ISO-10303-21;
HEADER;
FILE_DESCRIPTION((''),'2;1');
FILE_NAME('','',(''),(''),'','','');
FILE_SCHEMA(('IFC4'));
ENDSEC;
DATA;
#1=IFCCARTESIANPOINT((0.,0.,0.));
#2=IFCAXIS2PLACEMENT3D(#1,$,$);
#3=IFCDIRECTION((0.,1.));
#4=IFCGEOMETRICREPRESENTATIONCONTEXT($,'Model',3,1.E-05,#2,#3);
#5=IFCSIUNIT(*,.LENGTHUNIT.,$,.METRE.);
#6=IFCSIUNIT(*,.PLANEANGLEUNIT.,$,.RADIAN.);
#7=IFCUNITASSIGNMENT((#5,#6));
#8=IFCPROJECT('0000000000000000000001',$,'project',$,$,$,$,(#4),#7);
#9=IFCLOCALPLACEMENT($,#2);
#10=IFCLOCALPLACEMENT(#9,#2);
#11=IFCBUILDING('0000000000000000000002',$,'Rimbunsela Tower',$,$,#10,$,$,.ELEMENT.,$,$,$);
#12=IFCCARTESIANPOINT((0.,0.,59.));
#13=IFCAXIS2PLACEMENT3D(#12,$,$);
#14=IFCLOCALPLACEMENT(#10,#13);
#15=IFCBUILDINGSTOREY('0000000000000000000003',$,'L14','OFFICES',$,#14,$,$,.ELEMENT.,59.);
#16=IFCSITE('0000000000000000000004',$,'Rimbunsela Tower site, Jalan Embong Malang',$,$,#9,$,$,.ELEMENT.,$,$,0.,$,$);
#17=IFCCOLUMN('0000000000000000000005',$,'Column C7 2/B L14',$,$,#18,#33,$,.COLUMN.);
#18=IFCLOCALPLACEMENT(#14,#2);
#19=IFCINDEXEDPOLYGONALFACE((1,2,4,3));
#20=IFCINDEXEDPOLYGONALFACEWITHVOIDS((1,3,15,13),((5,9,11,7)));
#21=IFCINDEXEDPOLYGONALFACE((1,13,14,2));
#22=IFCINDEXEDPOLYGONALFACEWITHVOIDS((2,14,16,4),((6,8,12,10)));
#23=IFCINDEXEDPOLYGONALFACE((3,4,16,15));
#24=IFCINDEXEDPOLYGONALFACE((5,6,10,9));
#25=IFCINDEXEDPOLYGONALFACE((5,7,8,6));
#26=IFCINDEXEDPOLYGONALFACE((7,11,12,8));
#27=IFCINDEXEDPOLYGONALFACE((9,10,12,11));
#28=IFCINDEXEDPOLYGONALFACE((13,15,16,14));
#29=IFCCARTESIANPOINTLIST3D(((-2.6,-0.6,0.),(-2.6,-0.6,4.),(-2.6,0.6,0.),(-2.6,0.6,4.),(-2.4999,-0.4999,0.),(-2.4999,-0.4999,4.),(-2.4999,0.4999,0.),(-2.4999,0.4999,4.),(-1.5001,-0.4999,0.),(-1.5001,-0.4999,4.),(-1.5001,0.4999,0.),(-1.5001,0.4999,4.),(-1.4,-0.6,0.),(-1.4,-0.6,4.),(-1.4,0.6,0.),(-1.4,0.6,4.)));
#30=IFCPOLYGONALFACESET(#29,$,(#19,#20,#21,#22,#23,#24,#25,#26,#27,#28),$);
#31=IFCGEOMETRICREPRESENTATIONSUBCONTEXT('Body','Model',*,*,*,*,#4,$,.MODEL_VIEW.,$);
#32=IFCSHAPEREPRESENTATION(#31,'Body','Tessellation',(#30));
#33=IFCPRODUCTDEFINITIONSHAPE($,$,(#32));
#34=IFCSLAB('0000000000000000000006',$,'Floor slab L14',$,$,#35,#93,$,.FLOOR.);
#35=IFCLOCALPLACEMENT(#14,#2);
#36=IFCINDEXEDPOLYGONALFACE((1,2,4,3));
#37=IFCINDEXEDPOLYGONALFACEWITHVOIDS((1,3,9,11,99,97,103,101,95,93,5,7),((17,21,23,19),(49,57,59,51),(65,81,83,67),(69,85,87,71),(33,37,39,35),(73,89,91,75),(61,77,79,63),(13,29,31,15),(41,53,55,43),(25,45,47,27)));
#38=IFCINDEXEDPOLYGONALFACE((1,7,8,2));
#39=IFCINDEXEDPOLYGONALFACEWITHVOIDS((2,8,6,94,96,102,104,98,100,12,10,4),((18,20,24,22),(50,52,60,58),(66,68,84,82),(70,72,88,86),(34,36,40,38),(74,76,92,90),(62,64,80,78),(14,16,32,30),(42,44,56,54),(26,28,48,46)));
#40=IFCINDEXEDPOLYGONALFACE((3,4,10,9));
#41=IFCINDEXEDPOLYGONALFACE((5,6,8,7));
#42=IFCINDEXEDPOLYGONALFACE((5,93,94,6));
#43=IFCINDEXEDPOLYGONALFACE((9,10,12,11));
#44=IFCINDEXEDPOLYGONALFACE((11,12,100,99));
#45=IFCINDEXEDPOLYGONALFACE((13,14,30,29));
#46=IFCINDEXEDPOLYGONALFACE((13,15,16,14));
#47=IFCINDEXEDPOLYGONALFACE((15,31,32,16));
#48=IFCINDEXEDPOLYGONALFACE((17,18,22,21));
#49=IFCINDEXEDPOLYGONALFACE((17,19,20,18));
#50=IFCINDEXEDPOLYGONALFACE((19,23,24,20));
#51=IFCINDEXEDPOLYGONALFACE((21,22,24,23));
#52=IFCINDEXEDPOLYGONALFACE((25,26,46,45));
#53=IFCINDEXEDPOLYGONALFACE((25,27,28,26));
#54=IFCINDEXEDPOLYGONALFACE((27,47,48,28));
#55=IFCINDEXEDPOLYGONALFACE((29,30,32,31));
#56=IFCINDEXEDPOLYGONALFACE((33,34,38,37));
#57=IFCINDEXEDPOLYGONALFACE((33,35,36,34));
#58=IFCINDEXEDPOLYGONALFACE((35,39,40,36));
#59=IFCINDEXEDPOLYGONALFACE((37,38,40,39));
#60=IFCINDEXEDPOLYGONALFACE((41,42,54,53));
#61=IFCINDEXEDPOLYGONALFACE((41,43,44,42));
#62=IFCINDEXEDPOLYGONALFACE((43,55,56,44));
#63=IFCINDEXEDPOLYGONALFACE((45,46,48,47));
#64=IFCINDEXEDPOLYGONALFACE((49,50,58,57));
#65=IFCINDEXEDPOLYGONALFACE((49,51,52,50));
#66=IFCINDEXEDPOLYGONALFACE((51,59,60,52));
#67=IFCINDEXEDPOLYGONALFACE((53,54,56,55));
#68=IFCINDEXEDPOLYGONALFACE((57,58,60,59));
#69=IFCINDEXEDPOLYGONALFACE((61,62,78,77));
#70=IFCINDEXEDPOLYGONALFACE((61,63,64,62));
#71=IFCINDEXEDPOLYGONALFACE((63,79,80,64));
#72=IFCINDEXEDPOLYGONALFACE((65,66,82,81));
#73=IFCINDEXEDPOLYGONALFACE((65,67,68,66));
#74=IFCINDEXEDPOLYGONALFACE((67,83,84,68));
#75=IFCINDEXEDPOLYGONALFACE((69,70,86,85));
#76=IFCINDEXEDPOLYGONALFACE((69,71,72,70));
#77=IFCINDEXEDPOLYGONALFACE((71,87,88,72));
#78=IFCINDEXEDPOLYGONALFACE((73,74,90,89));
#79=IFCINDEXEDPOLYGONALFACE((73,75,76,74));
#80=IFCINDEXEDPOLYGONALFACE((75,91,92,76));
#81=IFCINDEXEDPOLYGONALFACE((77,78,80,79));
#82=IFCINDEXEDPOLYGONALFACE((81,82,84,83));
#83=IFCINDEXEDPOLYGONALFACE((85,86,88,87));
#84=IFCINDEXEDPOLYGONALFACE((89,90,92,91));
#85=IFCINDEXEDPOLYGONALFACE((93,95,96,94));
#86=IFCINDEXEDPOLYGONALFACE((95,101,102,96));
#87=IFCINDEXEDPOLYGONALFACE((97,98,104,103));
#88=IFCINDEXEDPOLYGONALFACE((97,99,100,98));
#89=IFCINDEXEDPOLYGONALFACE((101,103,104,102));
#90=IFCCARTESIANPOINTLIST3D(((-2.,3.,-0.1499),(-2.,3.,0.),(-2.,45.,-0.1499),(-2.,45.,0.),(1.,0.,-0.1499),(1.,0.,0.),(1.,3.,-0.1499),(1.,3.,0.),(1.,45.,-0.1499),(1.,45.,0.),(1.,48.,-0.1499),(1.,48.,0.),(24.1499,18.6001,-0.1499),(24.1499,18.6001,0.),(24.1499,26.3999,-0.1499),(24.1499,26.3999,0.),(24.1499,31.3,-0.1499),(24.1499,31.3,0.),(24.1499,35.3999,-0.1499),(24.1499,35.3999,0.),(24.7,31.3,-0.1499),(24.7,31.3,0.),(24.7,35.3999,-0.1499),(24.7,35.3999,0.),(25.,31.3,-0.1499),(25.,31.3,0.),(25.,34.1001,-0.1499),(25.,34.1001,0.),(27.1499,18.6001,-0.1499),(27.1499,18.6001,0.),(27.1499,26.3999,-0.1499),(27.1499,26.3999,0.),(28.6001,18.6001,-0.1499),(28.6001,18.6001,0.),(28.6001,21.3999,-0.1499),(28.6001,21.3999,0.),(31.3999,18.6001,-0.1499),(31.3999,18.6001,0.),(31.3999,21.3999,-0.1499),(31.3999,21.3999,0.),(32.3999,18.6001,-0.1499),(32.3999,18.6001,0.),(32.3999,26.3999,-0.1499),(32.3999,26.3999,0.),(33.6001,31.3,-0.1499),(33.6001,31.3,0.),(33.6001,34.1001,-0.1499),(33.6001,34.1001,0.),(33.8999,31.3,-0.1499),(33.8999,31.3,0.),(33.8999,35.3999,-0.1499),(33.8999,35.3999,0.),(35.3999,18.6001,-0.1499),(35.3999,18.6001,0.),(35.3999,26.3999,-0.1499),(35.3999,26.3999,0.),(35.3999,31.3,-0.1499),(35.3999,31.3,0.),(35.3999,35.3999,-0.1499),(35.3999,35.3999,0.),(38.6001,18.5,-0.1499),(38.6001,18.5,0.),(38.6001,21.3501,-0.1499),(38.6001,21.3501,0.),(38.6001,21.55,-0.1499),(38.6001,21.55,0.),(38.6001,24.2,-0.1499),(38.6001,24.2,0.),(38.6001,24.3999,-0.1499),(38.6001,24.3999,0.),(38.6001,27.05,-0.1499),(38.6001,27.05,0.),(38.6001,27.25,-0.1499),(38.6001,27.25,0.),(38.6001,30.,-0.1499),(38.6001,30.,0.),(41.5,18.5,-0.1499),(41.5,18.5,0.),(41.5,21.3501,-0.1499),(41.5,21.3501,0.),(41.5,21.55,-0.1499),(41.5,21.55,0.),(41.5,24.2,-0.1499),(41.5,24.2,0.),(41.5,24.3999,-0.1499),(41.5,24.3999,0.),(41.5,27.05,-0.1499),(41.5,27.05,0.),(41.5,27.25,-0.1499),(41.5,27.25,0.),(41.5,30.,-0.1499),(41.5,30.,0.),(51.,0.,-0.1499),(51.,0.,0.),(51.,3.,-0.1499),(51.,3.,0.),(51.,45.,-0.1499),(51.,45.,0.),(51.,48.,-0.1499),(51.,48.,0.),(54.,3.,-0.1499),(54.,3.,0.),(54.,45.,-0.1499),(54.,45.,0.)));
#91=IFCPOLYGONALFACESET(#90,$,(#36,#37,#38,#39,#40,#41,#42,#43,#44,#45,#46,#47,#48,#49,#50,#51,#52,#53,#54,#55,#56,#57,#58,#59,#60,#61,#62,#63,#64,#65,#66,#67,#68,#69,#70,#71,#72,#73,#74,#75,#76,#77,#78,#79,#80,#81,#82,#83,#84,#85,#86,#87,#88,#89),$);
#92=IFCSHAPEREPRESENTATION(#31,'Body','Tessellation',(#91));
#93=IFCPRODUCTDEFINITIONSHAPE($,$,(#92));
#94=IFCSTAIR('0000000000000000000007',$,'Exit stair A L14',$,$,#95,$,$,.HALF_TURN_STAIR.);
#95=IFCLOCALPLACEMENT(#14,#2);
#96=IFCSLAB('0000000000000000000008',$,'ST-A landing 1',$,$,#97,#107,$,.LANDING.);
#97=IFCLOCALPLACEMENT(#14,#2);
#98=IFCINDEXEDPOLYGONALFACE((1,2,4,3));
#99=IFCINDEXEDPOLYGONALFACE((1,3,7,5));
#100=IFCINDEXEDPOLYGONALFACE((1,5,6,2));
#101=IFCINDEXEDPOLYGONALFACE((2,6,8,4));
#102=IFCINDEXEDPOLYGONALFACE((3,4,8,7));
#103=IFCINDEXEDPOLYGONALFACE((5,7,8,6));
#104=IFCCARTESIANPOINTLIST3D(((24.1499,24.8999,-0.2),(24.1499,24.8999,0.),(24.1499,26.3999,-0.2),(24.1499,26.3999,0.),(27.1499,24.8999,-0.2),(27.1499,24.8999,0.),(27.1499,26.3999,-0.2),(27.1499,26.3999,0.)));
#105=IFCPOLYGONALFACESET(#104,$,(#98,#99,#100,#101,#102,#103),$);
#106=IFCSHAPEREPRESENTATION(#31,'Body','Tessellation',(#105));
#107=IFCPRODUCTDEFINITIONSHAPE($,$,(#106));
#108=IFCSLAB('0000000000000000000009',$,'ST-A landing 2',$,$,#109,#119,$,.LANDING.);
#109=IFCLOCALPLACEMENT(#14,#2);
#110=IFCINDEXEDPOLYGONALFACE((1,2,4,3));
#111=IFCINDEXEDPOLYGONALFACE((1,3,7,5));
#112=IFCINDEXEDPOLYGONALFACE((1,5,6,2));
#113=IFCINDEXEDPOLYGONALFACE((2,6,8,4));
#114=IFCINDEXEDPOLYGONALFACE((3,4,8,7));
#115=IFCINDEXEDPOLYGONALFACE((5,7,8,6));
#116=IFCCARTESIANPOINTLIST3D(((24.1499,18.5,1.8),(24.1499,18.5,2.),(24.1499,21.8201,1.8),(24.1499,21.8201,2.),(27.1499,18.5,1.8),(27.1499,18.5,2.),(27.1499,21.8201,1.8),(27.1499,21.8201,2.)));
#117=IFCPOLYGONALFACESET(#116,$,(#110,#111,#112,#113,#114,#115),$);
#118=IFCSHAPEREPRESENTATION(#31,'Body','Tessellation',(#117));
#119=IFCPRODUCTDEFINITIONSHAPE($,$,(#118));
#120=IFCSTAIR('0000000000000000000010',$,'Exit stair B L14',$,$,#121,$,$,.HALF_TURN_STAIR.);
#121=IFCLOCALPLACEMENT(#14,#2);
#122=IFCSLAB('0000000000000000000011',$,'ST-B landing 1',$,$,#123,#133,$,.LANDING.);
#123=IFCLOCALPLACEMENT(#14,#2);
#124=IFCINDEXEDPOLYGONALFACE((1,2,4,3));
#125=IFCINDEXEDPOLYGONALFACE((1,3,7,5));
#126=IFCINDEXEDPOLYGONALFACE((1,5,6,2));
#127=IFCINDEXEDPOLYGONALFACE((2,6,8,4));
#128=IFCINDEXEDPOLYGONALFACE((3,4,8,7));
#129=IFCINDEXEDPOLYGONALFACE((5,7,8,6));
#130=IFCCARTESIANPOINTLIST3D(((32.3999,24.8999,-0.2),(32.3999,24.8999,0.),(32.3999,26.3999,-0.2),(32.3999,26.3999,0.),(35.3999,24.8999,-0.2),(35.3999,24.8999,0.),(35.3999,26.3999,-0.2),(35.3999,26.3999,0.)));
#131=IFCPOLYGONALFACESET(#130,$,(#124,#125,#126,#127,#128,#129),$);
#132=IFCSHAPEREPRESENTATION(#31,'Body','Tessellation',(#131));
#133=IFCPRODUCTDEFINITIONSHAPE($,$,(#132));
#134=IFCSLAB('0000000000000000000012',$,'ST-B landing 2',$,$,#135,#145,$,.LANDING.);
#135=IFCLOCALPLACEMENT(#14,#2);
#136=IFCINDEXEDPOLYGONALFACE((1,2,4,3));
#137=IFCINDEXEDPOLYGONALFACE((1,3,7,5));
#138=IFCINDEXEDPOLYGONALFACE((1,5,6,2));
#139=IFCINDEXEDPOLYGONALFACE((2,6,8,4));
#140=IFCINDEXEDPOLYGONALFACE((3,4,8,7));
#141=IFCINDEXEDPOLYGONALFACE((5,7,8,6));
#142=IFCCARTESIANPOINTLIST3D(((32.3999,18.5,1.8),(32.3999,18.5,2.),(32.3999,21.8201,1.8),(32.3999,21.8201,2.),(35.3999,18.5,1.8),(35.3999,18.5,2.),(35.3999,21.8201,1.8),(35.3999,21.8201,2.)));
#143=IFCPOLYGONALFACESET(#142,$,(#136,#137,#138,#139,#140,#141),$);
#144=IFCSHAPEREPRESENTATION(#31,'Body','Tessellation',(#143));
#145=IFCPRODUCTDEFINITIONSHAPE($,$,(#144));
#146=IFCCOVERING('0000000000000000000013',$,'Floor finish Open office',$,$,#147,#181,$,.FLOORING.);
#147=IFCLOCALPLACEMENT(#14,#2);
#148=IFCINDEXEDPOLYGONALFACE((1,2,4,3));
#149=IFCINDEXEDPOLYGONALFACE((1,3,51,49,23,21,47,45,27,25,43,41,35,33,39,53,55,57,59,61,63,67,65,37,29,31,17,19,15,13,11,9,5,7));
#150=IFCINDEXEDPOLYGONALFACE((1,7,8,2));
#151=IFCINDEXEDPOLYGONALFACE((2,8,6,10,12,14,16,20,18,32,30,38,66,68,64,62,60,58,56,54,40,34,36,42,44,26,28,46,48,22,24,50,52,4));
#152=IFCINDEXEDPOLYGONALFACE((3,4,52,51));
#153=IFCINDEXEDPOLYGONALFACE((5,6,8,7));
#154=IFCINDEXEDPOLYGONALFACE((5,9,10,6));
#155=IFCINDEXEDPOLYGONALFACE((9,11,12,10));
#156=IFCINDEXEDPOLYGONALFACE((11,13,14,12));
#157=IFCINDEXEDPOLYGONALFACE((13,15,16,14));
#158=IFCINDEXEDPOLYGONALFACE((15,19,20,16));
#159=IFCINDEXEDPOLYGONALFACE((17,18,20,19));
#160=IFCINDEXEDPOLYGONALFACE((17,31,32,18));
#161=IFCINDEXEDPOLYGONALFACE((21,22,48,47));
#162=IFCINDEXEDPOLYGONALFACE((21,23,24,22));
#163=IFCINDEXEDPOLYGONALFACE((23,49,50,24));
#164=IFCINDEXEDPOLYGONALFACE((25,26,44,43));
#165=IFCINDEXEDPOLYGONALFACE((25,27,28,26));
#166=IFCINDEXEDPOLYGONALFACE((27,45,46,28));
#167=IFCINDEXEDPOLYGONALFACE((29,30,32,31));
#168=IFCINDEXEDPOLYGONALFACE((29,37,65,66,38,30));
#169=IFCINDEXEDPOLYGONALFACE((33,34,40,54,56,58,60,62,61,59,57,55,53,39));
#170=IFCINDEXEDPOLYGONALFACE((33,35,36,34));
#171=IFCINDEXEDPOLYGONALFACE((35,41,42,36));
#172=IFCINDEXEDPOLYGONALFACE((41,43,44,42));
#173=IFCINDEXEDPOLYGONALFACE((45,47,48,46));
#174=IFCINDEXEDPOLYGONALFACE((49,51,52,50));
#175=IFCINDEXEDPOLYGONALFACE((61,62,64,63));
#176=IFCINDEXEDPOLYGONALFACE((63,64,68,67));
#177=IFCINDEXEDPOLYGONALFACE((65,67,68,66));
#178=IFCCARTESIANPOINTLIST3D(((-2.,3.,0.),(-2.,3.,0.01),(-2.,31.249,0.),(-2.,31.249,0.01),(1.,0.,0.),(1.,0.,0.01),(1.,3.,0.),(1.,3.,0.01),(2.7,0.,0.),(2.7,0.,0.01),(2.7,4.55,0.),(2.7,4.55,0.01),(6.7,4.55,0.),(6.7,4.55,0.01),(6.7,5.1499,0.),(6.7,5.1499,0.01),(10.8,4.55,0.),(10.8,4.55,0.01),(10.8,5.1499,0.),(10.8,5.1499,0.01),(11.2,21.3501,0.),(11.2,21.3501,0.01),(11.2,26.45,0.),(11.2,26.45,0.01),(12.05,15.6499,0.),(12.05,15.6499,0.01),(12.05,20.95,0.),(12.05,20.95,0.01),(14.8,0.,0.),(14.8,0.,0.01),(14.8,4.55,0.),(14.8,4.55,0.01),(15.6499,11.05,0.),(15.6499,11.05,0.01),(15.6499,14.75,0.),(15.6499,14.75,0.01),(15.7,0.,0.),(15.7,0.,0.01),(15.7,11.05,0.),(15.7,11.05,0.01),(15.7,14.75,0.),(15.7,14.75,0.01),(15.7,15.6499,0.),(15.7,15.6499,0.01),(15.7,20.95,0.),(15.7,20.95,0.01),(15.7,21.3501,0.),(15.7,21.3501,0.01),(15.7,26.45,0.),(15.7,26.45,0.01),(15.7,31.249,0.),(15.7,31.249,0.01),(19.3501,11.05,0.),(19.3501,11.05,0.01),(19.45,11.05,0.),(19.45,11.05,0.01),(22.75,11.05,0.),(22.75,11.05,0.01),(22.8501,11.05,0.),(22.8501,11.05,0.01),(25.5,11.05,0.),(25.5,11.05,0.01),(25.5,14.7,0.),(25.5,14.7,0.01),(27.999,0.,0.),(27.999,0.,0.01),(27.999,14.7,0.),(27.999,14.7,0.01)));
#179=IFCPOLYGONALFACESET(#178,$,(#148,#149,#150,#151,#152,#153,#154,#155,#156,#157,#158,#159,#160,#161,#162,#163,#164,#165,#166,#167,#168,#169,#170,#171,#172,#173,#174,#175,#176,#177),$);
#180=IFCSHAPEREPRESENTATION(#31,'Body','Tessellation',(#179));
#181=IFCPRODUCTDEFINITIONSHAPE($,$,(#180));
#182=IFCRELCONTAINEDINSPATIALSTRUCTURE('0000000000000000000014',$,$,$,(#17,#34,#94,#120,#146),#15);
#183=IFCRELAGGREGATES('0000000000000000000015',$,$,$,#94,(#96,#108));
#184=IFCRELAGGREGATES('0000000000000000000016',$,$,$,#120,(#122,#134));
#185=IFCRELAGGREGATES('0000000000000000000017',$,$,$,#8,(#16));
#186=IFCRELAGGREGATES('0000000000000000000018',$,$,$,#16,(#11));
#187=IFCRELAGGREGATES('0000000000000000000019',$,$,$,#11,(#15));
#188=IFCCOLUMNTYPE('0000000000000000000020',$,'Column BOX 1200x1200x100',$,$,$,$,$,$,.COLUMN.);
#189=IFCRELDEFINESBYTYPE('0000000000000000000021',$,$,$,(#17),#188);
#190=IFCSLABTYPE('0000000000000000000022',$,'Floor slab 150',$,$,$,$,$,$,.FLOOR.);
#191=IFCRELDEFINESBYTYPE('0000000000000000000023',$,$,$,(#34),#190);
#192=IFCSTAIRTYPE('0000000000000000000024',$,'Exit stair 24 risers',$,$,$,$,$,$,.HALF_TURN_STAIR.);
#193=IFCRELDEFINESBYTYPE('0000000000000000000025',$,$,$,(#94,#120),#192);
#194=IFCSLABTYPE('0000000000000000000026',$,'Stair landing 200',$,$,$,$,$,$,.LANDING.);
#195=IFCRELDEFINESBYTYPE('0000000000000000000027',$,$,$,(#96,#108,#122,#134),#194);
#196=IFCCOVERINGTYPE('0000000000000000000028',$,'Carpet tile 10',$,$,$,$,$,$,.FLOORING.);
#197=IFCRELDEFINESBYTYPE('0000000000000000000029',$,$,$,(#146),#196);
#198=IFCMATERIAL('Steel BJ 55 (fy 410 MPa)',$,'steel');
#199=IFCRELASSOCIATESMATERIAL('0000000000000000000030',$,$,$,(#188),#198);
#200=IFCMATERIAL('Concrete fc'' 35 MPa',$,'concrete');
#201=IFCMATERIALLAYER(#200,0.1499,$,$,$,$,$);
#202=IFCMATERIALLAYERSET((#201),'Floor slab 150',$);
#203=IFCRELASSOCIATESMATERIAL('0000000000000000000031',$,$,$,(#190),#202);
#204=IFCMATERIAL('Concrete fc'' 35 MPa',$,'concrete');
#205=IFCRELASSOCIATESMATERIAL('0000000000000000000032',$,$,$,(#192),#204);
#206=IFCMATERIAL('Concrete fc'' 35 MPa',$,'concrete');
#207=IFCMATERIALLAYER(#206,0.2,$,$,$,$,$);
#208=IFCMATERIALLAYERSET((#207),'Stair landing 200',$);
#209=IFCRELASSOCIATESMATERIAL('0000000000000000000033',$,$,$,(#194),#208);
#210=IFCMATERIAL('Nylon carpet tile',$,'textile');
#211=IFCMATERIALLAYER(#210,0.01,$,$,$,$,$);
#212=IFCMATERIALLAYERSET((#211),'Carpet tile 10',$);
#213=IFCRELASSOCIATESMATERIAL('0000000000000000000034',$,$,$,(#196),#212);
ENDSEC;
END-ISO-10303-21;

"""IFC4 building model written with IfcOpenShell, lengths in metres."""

from ifc_helpers import new_model, si_unit, direction, frame, origin, origin_2d, place, context, subcontext, project, spatial, polyline, hollow_rectangle, outline, extrude, material, layer, layer_set, material_profile, profile_set, type_object, element, aggregate, save


model = new_model("IFC4")

# Units and contexts
model_context = context("Model", 3, precision=1e-05, world=origin(), true_north=direction((0.0, 1.0)))
body_context = subcontext(model_context, "Body", "Model", "MODEL_VIEW")
ifc_project = project(units=[si_unit("LENGTHUNIT", "METRE"), si_unit("PLANEANGLEUNIT", "RADIAN")], contexts=[model_context])

# Site, building, storey
site_placement = place(None, origin())
site = spatial("IfcSite", under=ifc_project, at=site_placement, Name="Rimbunsela Tower site, Jalan Embong Malang", CompositionType="ELEMENT", RefElevation=0.0)
building_placement = place(site_placement, origin())
building = spatial("IfcBuilding", under=site, at=building_placement, Name="Rimbunsela Tower", CompositionType="ELEMENT")
storey_placement = place(building_placement, frame((0.0, 0.0, 59.0)))
storey = spatial("IfcBuildingStorey", under=building, at=storey_placement, Name="L14", Description="OFFICES", CompositionType="ELEMENT", Elevation=59.0)

# Column
ifc_material_1 = material(Name="Steel BJ 55 (fy 410 MPa)", Category="steel")
ifc_material_profile = material_profile(ifc_material_1, hollow_rectangle(XDim=1.2, YDim=1.2, WallThickness=0.1001, at=origin_2d()), Name="BOX 1200x1200x100")
ifc_profile_set = profile_set([ifc_material_profile], Name="Steel BJ 55 (fy 410 MPa)")
column_type = type_object("IfcColumnType", Name="Column BOX 1200x1200x100", PredefinedType="COLUMN", material=ifc_profile_set)
column_placement = place(storey_placement, frame((-2.0, 0.0, 0.0), z_axis=(0.0, 0.0, 1.0), x_axis=(1.0, 0.0, 0.0)))
element("IfcColumn", 1, at=column_placement, inside=storey, type_object=column_type, Name="Column C7 2/B L14", PredefinedType="COLUMN", context=body_context, shape_type="SweptSolid", body=[
    extrude(hollow_rectangle(XDim=1.2, YDim=1.2, WallThickness=0.1001, at=origin_2d()), origin(), (0.0, 0.0, 1.0), 4.0),
])

# Slab
ifc_material_2 = material(Name="Concrete fc' 35 MPa", Category="concrete")
ifc_layer_1 = layer(ifc_material_2, 0.1499)
ifc_layer_set_1 = layer_set([ifc_layer_1], Name="Floor slab 150")
slab_type_1 = type_object("IfcSlabType", Name="Floor slab 150", PredefinedType="FLOOR", material=ifc_layer_set_1)
slab_1_placement = place(storey_placement, frame((0.0, 0.0, -0.1499)))
element("IfcSlab", 2, at=slab_1_placement, inside=storey, type_object=slab_type_1, Name="Floor slab L14", PredefinedType="FLOOR", context=body_context, shape_type="SweptSolid", body=[
    extrude(outline(polyline([(1.0, 0.0), (51.0, 0.0), (51.0, 3.0), (54.0, 3.0), (54.0, 45.0), (51.0, 45.0), (51.0, 48.0), (1.0, 48.0), (1.0, 45.0), (-2.0, 45.0), (-2.0, 3.0), (1.0, 3.0), (1.0, 0.0)]), holes=[polyline([(27.1499, 18.6001), (27.1499, 26.3999), (24.1499, 26.3999), (24.1499, 18.6001), (27.1499, 18.6001)]), polyline([(24.7, 31.3), (24.7, 35.3999), (24.1499, 35.3999), (24.1499, 31.3), (24.7, 31.3)]), polyline([(25.0, 34.1001), (25.0, 31.3), (33.6001, 31.3), (33.6001, 34.1001), (25.0, 34.1001)]), polyline([(31.3999, 21.3999), (28.6001, 21.3999), (28.6001, 18.6001), (31.3999, 18.6001), (31.3999, 21.3999)]), polyline([(35.3999, 18.6001), (35.3999, 26.3999), (32.3999, 26.3999), (32.3999, 18.6001), (35.3999, 18.6001)]), polyline([(35.3999, 31.3), (35.3999, 35.3999), (33.8999, 35.3999), (33.8999, 31.3), (35.3999, 31.3)]), polyline([(41.5, 21.3501), (38.6001, 21.3501), (38.6001, 18.5), (41.5, 18.5), (41.5, 21.3501)]), polyline([(41.5, 21.55), (41.5, 24.2), (38.6001, 24.2), (38.6001, 21.55), (41.5, 21.55)]), polyline([(41.5, 27.05), (38.6001, 27.05), (38.6001, 24.3999), (41.5, 24.3999), (41.5, 27.05)]), polyline([(41.5, 27.25), (41.5, 30.0), (38.6001, 30.0), (38.6001, 27.25), (41.5, 27.25)])]), origin(), (0.0, 0.0, 1.0), 0.1499),
])

# Stairs, slabs
ifc_material_3 = material(Name="Concrete fc' 35 MPa", Category="concrete")
stair_type = type_object("IfcStairType", Name="Exit stair 24 risers", PredefinedType="HALF_TURN_STAIR", material=ifc_material_3)
stair_1_placement = place(storey_placement, origin())
stair_1 = element("IfcStair", 3, at=stair_1_placement, inside=storey, type_object=stair_type, Name="Exit stair A L14", PredefinedType="HALF_TURN_STAIR")
ifc_material_4 = material(Name="Concrete fc' 35 MPa", Category="concrete")
ifc_layer_2 = layer(ifc_material_4, 0.2)
ifc_layer_set_2 = layer_set([ifc_layer_2], Name="Stair landing 200")
slab_type_2 = type_object("IfcSlabType", Name="Stair landing 200", PredefinedType="LANDING", material=ifc_layer_set_2)
slab_2_placement = place(storey_placement, frame((0.0, 0.0, -0.2)))
slab_2 = element("IfcSlab", 4, at=slab_2_placement, type_object=slab_type_2, Name="ST-A landing 1", PredefinedType="LANDING", context=body_context, shape_type="SweptSolid", body=[
    extrude(outline(polyline([(24.1499, 24.8999), (27.1499, 24.8999), (27.1499, 26.3999), (24.1499, 26.3999), (24.1499, 24.8999)])), origin(), (0.0, 0.0, 1.0), 0.2),
])
slab_3_placement = place(storey_placement, frame((0.0, 0.0, 1.8)))
slab_3 = element("IfcSlab", 5, at=slab_3_placement, type_object=slab_type_2, Name="ST-A landing 2", PredefinedType="LANDING", context=body_context, shape_type="SweptSolid", body=[
    extrude(outline(polyline([(24.1499, 18.5), (27.1499, 18.5), (27.1499, 21.8201), (24.1499, 21.8201), (24.1499, 18.5)])), origin(), (0.0, 0.0, 1.0), 0.2),
])
aggregate(stair_1, [slab_2, slab_3])
stair_2_placement = place(storey_placement, origin())
stair_2 = element("IfcStair", 6, at=stair_2_placement, inside=storey, type_object=stair_type, Name="Exit stair B L14", PredefinedType="HALF_TURN_STAIR")
slab_4_placement = place(storey_placement, frame((0.0, 0.0, -0.2)))
slab_4 = element("IfcSlab", 7, at=slab_4_placement, type_object=slab_type_2, Name="ST-B landing 1", PredefinedType="LANDING", context=body_context, shape_type="SweptSolid", body=[
    extrude(outline(polyline([(32.3999, 24.8999), (35.3999, 24.8999), (35.3999, 26.3999), (32.3999, 26.3999), (32.3999, 24.8999)])), origin(), (0.0, 0.0, 1.0), 0.2),
])
slab_5_placement = place(storey_placement, frame((0.0, 0.0, 1.8)))
slab_5 = element("IfcSlab", 8, at=slab_5_placement, type_object=slab_type_2, Name="ST-B landing 2", PredefinedType="LANDING", context=body_context, shape_type="SweptSolid", body=[
    extrude(outline(polyline([(32.3999, 18.5), (35.3999, 18.5), (35.3999, 21.8201), (32.3999, 21.8201), (32.3999, 18.5)])), origin(), (0.0, 0.0, 1.0), 0.2),
])
aggregate(stair_2, [slab_4, slab_5])

# Covering
ifc_material_5 = material(Name="Nylon carpet tile", Category="textile")
ifc_layer_3 = layer(ifc_material_5, 0.01)
ifc_layer_set_3 = layer_set([ifc_layer_3], Name="Carpet tile 10")
covering_type_1 = type_object("IfcCoveringType", Name="Carpet tile 10", PredefinedType="FLOORING", material=ifc_layer_set_3)
covering_1_placement = place(storey_placement, origin())
element("IfcCovering", 9, at=covering_1_placement, inside=storey, type_object=covering_type_1, Name="Floor finish Open office", PredefinedType="FLOORING", context=body_context, shape_type="SweptSolid", body=[
    extrude(outline(polyline([(19.45, 11.05), (22.75, 11.05), (22.8501, 11.05), (25.5, 11.05), (25.5, 14.7), (27.999, 14.7), (27.999, 0.0), (15.7, 0.0), (14.8, 0.0), (14.8, 4.55), (10.8, 4.55), (10.8, 5.1499), (6.7, 5.1499), (6.7, 4.55), (2.7, 4.55), (2.7, 0.0), (1.0, 0.0), (1.0, 3.0), (-2.0, 3.0), (-2.0, 31.249), (15.7, 31.249), (15.7, 26.45), (11.2, 26.45), (11.2, 21.3501), (15.7, 21.3501), (15.7, 20.95), (12.05, 20.95), (12.05, 15.6499), (15.7, 15.6499), (15.7, 14.75), (15.6499, 14.75), (15.6499, 11.05), (15.7, 11.05), (19.3501, 11.05), (19.45, 11.05)])), origin(), (0.0, 0.0, 1.0), 0.01),
])

save(model, "model.ifc")
